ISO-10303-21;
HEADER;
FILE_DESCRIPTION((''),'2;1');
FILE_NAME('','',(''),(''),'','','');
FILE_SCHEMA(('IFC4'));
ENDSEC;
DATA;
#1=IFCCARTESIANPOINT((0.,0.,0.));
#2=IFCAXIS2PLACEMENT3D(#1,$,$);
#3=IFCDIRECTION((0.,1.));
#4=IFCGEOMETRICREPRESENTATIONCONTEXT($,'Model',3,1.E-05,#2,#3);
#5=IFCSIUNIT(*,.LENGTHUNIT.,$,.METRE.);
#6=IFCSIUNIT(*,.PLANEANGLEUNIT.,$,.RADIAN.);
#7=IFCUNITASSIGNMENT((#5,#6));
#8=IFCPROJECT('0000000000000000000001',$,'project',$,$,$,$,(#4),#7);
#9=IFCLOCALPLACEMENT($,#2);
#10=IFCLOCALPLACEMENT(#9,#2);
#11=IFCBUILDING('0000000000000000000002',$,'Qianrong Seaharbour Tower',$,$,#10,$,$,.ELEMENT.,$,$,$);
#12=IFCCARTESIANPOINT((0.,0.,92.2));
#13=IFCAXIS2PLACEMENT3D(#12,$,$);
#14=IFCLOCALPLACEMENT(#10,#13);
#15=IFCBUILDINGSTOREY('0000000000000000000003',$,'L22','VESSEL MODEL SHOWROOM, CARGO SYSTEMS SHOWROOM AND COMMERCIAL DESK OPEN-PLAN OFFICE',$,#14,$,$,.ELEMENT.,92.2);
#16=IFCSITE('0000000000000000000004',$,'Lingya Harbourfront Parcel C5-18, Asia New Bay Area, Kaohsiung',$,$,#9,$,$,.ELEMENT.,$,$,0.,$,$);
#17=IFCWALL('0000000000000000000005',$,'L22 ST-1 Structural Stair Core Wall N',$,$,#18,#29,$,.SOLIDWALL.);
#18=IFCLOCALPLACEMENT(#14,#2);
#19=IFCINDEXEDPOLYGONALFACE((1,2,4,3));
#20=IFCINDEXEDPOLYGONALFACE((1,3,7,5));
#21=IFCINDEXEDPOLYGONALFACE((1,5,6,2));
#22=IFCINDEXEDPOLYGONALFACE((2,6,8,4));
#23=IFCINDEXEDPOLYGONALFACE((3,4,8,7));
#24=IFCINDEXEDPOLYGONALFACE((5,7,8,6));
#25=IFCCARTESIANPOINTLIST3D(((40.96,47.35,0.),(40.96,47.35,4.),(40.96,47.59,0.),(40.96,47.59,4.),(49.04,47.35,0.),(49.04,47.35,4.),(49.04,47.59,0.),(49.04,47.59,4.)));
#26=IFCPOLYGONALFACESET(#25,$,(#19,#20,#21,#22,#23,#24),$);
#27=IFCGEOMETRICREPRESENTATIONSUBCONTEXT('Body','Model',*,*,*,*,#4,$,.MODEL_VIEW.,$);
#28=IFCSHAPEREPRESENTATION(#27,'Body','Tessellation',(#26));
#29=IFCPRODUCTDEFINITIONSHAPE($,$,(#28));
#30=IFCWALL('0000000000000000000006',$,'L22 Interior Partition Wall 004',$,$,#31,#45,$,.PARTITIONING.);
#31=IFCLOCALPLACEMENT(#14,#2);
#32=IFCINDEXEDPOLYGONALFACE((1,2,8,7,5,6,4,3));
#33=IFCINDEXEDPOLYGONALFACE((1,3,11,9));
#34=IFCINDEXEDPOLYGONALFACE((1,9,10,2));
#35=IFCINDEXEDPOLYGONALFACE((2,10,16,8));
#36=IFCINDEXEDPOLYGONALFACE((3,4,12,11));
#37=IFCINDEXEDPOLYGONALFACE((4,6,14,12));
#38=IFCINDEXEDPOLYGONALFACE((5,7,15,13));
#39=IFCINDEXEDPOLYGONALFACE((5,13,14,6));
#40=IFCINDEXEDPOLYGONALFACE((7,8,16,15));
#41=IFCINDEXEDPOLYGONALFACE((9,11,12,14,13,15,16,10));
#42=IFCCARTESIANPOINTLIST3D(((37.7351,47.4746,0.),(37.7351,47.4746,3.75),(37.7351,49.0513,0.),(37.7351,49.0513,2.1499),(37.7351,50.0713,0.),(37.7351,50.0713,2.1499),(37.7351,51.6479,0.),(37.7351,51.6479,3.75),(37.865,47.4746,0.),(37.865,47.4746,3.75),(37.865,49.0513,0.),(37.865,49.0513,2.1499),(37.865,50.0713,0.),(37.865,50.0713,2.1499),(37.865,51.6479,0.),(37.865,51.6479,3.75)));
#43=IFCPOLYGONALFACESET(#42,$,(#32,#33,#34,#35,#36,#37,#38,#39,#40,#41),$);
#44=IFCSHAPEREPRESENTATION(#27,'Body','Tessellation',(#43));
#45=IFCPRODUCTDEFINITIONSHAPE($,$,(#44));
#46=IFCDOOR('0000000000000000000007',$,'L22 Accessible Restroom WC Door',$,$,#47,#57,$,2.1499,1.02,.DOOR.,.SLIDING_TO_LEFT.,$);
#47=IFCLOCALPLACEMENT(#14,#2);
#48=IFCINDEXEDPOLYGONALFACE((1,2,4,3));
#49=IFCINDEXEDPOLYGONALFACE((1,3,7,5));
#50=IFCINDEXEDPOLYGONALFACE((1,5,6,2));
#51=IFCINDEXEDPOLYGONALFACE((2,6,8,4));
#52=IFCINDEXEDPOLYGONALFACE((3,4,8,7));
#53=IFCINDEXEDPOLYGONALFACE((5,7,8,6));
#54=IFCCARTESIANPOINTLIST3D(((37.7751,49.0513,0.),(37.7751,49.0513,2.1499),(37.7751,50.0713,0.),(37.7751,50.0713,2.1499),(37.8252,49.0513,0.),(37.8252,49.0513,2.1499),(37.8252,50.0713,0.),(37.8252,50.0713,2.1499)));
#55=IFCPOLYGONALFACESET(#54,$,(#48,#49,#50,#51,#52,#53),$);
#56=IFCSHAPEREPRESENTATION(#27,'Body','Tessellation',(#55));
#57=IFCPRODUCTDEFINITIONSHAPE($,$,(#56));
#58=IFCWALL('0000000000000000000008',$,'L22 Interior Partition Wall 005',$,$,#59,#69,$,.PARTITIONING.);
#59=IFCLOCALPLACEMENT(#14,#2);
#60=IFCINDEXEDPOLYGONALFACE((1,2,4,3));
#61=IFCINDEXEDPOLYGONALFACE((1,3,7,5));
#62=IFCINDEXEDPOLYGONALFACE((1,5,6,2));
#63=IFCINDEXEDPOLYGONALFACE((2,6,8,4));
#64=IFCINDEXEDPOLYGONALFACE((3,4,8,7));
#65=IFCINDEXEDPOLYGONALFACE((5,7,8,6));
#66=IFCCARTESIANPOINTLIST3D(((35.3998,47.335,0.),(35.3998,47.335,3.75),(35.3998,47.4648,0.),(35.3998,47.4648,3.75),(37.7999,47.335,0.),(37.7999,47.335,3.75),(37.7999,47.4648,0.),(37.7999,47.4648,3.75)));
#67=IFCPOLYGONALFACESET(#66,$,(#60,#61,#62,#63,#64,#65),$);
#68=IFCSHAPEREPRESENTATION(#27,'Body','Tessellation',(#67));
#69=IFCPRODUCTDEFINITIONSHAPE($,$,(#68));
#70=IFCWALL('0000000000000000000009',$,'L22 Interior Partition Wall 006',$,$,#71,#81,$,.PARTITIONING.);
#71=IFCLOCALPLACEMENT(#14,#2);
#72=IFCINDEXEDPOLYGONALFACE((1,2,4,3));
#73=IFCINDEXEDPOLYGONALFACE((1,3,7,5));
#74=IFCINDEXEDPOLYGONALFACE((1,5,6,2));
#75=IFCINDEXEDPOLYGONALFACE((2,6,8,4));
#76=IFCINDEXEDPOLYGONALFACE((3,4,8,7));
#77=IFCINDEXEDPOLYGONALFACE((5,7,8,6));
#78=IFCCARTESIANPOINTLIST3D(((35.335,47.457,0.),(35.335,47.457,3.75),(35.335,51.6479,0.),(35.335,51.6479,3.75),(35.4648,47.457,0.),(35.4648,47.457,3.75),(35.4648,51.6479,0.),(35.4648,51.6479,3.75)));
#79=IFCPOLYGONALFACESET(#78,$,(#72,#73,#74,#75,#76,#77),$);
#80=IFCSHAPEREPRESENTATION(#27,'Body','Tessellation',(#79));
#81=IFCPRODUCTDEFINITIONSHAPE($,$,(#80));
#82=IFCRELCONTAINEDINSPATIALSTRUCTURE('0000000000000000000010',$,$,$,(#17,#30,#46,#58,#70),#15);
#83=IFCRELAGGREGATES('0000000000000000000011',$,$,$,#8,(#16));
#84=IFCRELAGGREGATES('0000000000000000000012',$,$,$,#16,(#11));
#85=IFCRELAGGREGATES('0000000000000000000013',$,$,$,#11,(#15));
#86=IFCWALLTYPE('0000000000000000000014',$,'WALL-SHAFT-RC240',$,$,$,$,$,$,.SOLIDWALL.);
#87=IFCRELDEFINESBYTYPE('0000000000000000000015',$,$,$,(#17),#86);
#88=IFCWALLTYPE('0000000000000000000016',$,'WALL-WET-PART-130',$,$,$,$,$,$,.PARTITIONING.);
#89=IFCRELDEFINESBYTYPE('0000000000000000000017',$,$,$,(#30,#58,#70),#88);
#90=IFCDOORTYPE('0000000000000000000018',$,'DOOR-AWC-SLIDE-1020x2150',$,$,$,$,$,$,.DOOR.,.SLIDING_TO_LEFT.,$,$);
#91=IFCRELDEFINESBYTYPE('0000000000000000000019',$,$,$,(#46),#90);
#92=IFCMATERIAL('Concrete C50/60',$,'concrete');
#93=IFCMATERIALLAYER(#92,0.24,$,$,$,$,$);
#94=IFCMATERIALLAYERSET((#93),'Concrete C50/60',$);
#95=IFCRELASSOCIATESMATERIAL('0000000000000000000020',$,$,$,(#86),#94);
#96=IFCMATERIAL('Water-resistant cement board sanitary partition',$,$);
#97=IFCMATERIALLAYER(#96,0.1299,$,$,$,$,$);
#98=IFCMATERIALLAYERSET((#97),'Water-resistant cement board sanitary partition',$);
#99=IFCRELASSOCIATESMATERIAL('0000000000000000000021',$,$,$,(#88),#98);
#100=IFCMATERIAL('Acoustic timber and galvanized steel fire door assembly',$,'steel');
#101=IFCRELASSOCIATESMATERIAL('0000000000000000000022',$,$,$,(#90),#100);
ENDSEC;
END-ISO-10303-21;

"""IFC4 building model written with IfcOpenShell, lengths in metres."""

from ifc_helpers import new_model, si_unit, direction, frame, frame_2d, origin, place, context, subcontext, project, spatial, rectangle, extrude, material, layer, layer_set, type_object, element, fill, save


model = new_model("IFC4")

# Units and contexts
model_context = context("Model", 3, precision=1e-05, world=origin(), true_north=direction((0.0, 1.0)))
body_context = subcontext(model_context, "Body", "Model", "MODEL_VIEW")
ifc_project = project(units=[si_unit("LENGTHUNIT", "METRE"), si_unit("PLANEANGLEUNIT", "RADIAN")], contexts=[model_context])

# Site, building, storey
site_placement = place(None, origin())
site = spatial("IfcSite", under=ifc_project, at=site_placement, Name="Lingya Harbourfront Parcel C5-18, Asia New Bay Area, Kaohsiung", CompositionType="ELEMENT", RefElevation=0.0)
building_placement = place(site_placement, origin())
building = spatial("IfcBuilding", under=site, at=building_placement, Name="Qianrong Seaharbour Tower", CompositionType="ELEMENT")
storey_placement = place(building_placement, frame((0.0, 0.0, 92.2)))
storey = spatial("IfcBuildingStorey", under=building, at=storey_placement, Name="L22", Description="VESSEL MODEL SHOWROOM, CARGO SYSTEMS SHOWROOM AND COMMERCIAL DESK OPEN-PLAN OFFICE", CompositionType="ELEMENT", Elevation=92.2)

# Shared definitions
ifc_material_1 = material(Name="Acoustic timber and galvanized steel fire door assembly", Category="steel")

# Wall
ifc_material_2 = material(Name="Concrete C50/60", Category="concrete")
ifc_layer_1 = layer(ifc_material_2, 0.24)
ifc_layer_set_1 = layer_set([ifc_layer_1], Name="Concrete C50/60")
wall_type_1 = type_object("IfcWallType", Name="WALL-SHAFT-RC240", PredefinedType="SOLIDWALL", material=ifc_layer_set_1)
wall_1_placement = place(storey_placement, frame((40.96, 47.47, 0.0), z_axis=(0.0, 0.0, 1.0), x_axis=(1.0, 0.0, 0.0)))
element("IfcWall", 1, at=wall_1_placement, inside=storey, type_object=wall_type_1, Name="L22 ST-1 Structural Stair Core Wall N", PredefinedType="SOLIDWALL", context=body_context, shape_type="SweptSolid", body=[
    extrude(rectangle(XDim=8.0801, YDim=0.24, at=frame_2d((4.04, 0.0))), origin(), (0.0, 0.0, 1.0), 4.0),
])

# Wall, opening, door
ifc_material_3 = material(Name="Water-resistant cement board sanitary partition")
ifc_layer_2 = layer(ifc_material_3, 0.1299)
ifc_layer_set_2 = layer_set([ifc_layer_2], Name="Water-resistant cement board sanitary partition")
wall_type_2 = type_object("IfcWallType", Name="WALL-WET-PART-130", PredefinedType="PARTITIONING", material=ifc_layer_set_2)
wall_2_placement = place(storey_placement, frame((37.8, 47.4746, 0.0), z_axis=(0.0, 0.0, 1.0), x_axis=(0.0, 1.0, 0.0)))
wall_2 = element("IfcWall", 2, at=wall_2_placement, inside=storey, type_object=wall_type_2, Name="L22 Interior Partition Wall 004", PredefinedType="PARTITIONING", context=body_context, shape_type="SweptSolid", body=[
    extrude(rectangle(XDim=4.1733, YDim=0.1299, at=frame_2d((2.0867, 0.0))), origin(), (0.0, 0.0, 1.0), 3.75),
])
opening_1_placement = place(wall_2_placement, frame((1.5767, 0.0, 0.0)))
opening_1 = element("IfcOpeningElement", 3, at=opening_1_placement, cuts=wall_2, PredefinedType="OPENING", context=body_context, shape_type="SweptSolid", body=[
    extrude(rectangle(XDim=1.02, YDim=2.1499, at=frame_2d((0.51, 1.075))), frame((0.0, 0.075, 0.0), z_axis=(0.0, -1.0, 0.0), x_axis=(1.0, 0.0, 0.0)), (0.0, 0.0, 1.0), 0.1499),
])
door_type_1 = type_object("IfcDoorType", Name="DOOR-AWC-SLIDE-1020x2150", OperationType="SLIDING_TO_LEFT", PredefinedType="DOOR", material=ifc_material_1)
door_1_placement = place(opening_1_placement, origin())
door_1 = element("IfcDoor", 4, at=door_1_placement, inside=storey, type_object=door_type_1, Name="L22 Accessible Restroom WC Door", OperationType="SLIDING_TO_LEFT", OverallHeight=2.1499, OverallWidth=1.02, PredefinedType="DOOR", context=body_context, shape_type="SweptSolid", body=[
    extrude(rectangle(XDim=1.02, YDim=2.1499, at=frame_2d((0.51, 1.075))), frame((0.0, 0.0249, 0.0), z_axis=(0.0, -1.0, 0.0), x_axis=(1.0, 0.0, 0.0)), (0.0, 0.0, 1.0), 0.05),
])
fill(opening_1, door_1)

# Walls
wall_3_placement = place(storey_placement, frame((37.8, 47.3999, 0.0), z_axis=(0.0, 0.0, 1.0), x_axis=(-1.0, 0.0, 0.0)))
element("IfcWall", 5, at=wall_3_placement, inside=storey, type_object=wall_type_2, Name="L22 Interior Partition Wall 005", PredefinedType="PARTITIONING", context=body_context, shape_type="SweptSolid", body=[
    extrude(rectangle(XDim=2.4001, YDim=0.1299, at=frame_2d((1.2002, 0.0))), origin(), (0.0, 0.0, 1.0), 3.75),
])
wall_4_placement = place(storey_placement, frame((35.3999, 47.457, 0.0), z_axis=(0.0, 0.0, 1.0), x_axis=(0.0, 1.0, 0.0)))
element("IfcWall", 6, at=wall_4_placement, inside=storey, type_object=wall_type_2, Name="L22 Interior Partition Wall 006", PredefinedType="PARTITIONING", context=body_context, shape_type="SweptSolid", body=[
    extrude(rectangle(XDim=4.1909, YDim=0.1299, at=frame_2d((2.0955, 0.0))), origin(), (0.0, 0.0, 1.0), 3.75),
])

save(model, "model.ifc")
